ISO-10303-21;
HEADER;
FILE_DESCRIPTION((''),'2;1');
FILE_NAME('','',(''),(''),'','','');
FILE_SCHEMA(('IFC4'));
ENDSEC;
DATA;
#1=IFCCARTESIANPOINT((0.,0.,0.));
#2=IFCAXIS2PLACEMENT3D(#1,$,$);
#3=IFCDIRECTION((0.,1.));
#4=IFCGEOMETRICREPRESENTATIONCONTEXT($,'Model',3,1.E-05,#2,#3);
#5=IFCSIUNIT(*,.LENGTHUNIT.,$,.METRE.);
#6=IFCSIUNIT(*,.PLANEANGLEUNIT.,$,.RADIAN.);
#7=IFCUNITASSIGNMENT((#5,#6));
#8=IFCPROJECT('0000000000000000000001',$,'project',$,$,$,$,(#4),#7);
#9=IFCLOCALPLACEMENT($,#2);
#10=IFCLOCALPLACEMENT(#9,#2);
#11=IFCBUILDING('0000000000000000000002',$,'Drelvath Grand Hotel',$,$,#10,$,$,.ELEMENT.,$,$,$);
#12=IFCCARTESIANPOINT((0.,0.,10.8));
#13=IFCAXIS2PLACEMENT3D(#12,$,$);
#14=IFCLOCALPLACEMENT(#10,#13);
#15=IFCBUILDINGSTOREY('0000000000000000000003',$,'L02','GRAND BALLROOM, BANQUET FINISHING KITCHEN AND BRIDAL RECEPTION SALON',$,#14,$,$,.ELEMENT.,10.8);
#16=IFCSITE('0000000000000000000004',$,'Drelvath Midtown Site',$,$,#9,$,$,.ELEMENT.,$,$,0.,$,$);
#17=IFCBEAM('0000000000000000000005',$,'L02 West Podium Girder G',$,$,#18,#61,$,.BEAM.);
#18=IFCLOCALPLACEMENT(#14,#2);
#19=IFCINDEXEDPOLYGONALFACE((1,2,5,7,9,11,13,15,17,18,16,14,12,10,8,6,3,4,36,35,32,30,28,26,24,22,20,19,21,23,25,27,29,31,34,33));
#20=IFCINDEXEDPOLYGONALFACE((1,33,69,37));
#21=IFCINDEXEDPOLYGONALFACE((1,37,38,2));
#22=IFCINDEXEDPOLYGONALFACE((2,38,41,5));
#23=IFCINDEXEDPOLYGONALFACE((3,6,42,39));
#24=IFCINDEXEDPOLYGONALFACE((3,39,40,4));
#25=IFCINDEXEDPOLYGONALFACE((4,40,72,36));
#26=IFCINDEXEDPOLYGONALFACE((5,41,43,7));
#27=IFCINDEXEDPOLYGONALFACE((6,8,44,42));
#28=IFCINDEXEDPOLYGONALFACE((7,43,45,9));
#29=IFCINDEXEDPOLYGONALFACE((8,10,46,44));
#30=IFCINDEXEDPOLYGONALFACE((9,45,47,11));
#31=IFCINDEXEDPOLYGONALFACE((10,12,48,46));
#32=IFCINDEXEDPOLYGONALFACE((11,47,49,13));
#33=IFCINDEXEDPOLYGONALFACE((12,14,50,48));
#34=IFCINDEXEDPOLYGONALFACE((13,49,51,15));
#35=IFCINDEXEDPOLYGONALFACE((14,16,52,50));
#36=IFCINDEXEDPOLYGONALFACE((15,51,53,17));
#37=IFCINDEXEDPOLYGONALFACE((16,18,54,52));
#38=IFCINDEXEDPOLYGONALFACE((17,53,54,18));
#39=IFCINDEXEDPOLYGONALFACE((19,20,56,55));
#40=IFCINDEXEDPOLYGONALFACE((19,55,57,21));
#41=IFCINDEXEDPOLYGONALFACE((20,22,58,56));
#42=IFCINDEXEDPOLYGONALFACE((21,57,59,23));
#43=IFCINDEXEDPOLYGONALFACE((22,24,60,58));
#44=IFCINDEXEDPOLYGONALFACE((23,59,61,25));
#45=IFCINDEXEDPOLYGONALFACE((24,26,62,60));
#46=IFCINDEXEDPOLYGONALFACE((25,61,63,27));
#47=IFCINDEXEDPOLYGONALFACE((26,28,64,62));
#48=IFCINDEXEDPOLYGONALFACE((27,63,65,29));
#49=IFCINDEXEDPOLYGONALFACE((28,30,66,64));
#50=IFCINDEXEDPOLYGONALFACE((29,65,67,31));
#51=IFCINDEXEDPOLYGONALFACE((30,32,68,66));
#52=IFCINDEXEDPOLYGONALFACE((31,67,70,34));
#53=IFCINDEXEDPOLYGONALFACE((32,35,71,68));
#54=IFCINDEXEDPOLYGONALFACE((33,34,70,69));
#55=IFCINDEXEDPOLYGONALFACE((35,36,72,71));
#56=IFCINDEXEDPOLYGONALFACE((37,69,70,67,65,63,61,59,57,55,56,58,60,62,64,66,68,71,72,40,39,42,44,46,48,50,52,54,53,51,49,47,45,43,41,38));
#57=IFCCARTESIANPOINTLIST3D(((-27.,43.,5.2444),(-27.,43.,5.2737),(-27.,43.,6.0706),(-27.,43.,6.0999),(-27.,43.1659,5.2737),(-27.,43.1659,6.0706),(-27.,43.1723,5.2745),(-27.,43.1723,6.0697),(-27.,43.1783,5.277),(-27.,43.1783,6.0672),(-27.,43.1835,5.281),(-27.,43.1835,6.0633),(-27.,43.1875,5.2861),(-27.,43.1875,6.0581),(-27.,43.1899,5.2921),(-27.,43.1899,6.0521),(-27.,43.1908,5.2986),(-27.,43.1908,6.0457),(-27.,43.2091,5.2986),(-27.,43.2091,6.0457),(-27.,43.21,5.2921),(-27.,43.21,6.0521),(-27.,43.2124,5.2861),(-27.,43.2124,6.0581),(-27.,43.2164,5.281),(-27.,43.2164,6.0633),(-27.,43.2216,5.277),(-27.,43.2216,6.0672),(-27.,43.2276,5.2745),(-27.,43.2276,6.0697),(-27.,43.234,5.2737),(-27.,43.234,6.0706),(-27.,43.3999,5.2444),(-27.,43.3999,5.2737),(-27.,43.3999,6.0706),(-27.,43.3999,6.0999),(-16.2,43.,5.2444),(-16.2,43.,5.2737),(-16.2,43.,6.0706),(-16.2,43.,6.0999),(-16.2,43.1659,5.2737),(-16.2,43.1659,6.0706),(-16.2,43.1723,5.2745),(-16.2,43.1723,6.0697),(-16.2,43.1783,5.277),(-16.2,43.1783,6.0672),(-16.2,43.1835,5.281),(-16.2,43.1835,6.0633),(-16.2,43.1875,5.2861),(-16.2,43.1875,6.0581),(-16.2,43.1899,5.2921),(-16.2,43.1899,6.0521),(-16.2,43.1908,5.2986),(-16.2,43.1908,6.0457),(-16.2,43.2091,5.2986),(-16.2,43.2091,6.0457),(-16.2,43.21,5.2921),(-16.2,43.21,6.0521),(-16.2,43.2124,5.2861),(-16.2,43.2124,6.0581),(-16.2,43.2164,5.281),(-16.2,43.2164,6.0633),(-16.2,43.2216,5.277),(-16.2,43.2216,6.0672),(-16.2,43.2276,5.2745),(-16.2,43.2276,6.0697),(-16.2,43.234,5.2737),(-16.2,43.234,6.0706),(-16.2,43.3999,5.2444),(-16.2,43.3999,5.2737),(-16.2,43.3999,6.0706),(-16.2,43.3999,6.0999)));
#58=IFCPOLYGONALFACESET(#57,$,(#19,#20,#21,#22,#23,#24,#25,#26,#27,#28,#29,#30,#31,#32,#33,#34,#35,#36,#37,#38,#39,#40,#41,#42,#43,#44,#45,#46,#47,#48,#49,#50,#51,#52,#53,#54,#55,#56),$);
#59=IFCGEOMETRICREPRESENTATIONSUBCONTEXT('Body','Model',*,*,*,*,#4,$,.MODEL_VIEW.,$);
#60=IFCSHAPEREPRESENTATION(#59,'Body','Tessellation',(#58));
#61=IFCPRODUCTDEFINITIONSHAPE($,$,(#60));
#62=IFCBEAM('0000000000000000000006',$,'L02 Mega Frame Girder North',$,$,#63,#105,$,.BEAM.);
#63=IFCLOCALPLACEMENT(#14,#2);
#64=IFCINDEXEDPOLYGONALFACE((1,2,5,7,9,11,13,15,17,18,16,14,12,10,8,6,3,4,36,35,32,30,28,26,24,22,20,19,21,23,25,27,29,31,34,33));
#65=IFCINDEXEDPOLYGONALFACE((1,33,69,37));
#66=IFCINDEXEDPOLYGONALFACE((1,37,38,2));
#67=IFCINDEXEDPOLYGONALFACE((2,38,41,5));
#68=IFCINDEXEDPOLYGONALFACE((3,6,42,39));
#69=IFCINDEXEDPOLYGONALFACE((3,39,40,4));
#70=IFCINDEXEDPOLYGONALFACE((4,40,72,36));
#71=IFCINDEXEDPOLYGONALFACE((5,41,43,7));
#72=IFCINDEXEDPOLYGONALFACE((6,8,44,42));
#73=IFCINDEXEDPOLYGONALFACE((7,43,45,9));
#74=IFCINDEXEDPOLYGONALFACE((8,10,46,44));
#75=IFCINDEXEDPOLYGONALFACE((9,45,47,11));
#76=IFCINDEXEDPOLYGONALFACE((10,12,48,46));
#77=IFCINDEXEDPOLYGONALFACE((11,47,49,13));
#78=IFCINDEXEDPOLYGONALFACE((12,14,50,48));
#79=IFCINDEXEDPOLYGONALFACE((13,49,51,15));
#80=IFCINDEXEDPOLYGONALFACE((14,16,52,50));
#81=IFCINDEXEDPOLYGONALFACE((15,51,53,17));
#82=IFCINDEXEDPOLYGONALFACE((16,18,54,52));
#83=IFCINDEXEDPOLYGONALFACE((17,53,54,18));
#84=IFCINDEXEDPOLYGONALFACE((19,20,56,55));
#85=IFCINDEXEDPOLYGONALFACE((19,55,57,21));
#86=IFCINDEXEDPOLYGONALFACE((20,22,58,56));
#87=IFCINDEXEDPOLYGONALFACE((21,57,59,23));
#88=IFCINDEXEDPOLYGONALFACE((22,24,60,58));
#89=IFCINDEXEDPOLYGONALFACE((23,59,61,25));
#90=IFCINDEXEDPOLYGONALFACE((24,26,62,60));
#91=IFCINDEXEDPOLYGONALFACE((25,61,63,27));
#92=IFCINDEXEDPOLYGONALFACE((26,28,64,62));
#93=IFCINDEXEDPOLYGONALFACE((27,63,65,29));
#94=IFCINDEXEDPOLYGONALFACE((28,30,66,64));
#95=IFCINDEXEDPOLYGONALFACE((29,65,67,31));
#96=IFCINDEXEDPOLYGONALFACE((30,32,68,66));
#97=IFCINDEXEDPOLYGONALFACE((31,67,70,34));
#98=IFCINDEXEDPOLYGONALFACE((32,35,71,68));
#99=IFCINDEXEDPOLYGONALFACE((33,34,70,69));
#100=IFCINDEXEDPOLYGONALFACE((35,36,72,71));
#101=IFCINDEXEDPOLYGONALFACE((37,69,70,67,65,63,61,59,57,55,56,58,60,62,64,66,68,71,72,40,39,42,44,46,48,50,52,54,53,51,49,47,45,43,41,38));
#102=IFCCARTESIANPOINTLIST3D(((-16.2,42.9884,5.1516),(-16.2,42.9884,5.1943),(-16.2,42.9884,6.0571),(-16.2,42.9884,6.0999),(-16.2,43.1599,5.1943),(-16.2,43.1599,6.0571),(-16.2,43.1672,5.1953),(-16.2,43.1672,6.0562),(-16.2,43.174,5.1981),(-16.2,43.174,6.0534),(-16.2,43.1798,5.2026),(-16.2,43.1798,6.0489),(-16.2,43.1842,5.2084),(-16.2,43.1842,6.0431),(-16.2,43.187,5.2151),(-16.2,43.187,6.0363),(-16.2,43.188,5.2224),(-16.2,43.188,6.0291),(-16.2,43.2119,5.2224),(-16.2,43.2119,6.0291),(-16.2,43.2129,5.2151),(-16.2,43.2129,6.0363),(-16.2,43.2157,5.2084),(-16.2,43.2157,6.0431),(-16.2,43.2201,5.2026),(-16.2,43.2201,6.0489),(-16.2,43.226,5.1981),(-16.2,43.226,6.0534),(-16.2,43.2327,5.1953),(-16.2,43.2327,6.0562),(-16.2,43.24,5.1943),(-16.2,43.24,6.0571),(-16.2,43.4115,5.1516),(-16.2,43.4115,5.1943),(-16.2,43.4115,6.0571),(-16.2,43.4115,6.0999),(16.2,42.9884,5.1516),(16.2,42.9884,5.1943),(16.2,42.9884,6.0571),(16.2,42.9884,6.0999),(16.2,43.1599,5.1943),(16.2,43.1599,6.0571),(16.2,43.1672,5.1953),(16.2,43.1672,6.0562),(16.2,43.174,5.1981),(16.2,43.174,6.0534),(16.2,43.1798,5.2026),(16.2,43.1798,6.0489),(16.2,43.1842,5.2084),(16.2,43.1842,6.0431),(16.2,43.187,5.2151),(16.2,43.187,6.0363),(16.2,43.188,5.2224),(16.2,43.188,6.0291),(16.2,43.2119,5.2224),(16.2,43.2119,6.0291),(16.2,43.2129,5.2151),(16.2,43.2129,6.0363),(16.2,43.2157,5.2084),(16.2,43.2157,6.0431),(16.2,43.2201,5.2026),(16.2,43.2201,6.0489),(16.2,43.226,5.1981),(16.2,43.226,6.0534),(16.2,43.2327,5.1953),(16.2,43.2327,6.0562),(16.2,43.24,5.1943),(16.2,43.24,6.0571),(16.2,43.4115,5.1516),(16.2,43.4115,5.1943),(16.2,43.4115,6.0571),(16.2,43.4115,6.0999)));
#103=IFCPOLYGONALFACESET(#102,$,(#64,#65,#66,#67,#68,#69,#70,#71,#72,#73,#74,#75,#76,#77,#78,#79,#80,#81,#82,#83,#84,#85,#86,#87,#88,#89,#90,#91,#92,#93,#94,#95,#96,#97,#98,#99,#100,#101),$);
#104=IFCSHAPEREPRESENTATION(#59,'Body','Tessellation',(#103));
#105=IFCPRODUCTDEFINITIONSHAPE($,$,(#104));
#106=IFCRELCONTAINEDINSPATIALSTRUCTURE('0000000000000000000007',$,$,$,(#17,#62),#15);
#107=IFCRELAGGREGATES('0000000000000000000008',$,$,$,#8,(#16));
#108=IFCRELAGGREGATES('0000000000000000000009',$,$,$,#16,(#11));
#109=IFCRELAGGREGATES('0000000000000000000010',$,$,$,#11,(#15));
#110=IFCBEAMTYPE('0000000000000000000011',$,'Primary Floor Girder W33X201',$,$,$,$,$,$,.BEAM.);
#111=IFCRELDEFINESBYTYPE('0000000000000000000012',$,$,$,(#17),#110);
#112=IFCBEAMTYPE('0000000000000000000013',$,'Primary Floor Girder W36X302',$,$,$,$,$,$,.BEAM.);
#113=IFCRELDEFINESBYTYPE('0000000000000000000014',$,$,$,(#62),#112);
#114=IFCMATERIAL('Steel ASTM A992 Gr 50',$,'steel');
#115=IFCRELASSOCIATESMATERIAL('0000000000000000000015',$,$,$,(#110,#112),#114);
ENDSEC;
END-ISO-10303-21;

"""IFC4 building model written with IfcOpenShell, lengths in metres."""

from ifc_helpers import new_model, si_unit, direction, frame, origin, origin_2d, place, context, subcontext, project, spatial, i_section, extrude, material, material_profile, profile_set, type_object, element, save


model = new_model("IFC4")

# Units and contexts
model_context = context("Model", 3, precision=1e-05, world=origin(), true_north=direction((0.0, 1.0)))
body_context = subcontext(model_context, "Body", "Model", "MODEL_VIEW")
ifc_project = project(units=[si_unit("LENGTHUNIT", "METRE"), si_unit("PLANEANGLEUNIT", "RADIAN")], contexts=[model_context])

# Site, building, storey
site_placement = place(None, origin())
site = spatial("IfcSite", under=ifc_project, at=site_placement, Name="Drelvath Midtown Site", CompositionType="ELEMENT", RefElevation=0.0)
building_placement = place(site_placement, origin())
building = spatial("IfcBuilding", under=site, at=building_placement, Name="Drelvath Grand Hotel", CompositionType="ELEMENT")
storey_placement = place(building_placement, frame((0.0, 0.0, 10.8)))
storey = spatial("IfcBuildingStorey", under=building, at=storey_placement, Name="L02", Description="GRAND BALLROOM, BANQUET FINISHING KITCHEN AND BRIDAL RECEPTION SALON", CompositionType="ELEMENT", Elevation=10.8)

# Beams
ifc_material_1 = material(Name="Steel ASTM A992 Gr 50", Category="steel")
ifc_material_profile_1 = material_profile(ifc_material_1, i_section(OverallWidth=0.3999, OverallDepth=0.8555, WebThickness=0.0183, FlangeThickness=0.0293, FilletRadius=0.0249, at=origin_2d()), Name="W33X201")
ifc_profile_set_1 = profile_set([ifc_material_profile_1], Name="Steel ASTM A992 Gr 50")
beam_type_1 = type_object("IfcBeamType", Name="Primary Floor Girder W33X201", PredefinedType="BEAM", material=ifc_profile_set_1)
beam_1_placement = place(storey_placement, frame((-27.0, 43.2, 5.6721), z_axis=(1.0, 0.0, 0.0), x_axis=(0.0, 1.0, 0.0)))
element("IfcBeam", 1, at=beam_1_placement, inside=storey, type_object=beam_type_1, Name="L02 West Podium Girder G", PredefinedType="BEAM", context=body_context, shape_type="SweptSolid", body=[
    extrude(i_section(OverallWidth=0.3999, OverallDepth=0.8555, WebThickness=0.0183, FlangeThickness=0.0293, FilletRadius=0.0249, at=origin_2d()), origin(), (0.0, 0.0, 1.0), 10.8),
])
ifc_material_profile_2 = material_profile(ifc_material_1, i_section(OverallWidth=0.4231, OverallDepth=0.9482, WebThickness=0.0239, FlangeThickness=0.0427, FilletRadius=0.0281, at=origin_2d()), Name="W36X302")
ifc_profile_set_2 = profile_set([ifc_material_profile_2], Name="Steel ASTM A992 Gr 50")
beam_type_2 = type_object("IfcBeamType", Name="Primary Floor Girder W36X302", PredefinedType="BEAM", material=ifc_profile_set_2)
beam_2_placement = place(storey_placement, frame((-16.2, 43.2, 5.6257), z_axis=(1.0, 0.0, 0.0), x_axis=(0.0, 1.0, 0.0)))
element("IfcBeam", 2, at=beam_2_placement, inside=storey, type_object=beam_type_2, Name="L02 Mega Frame Girder North", PredefinedType="BEAM", context=body_context, shape_type="SweptSolid", body=[
    extrude(i_section(OverallWidth=0.4231, OverallDepth=0.9482, WebThickness=0.0239, FlangeThickness=0.0427, FilletRadius=0.0281, at=origin_2d()), origin(), (0.0, 0.0, 1.0), 32.3999),
])

save(model, "model.ifc")
